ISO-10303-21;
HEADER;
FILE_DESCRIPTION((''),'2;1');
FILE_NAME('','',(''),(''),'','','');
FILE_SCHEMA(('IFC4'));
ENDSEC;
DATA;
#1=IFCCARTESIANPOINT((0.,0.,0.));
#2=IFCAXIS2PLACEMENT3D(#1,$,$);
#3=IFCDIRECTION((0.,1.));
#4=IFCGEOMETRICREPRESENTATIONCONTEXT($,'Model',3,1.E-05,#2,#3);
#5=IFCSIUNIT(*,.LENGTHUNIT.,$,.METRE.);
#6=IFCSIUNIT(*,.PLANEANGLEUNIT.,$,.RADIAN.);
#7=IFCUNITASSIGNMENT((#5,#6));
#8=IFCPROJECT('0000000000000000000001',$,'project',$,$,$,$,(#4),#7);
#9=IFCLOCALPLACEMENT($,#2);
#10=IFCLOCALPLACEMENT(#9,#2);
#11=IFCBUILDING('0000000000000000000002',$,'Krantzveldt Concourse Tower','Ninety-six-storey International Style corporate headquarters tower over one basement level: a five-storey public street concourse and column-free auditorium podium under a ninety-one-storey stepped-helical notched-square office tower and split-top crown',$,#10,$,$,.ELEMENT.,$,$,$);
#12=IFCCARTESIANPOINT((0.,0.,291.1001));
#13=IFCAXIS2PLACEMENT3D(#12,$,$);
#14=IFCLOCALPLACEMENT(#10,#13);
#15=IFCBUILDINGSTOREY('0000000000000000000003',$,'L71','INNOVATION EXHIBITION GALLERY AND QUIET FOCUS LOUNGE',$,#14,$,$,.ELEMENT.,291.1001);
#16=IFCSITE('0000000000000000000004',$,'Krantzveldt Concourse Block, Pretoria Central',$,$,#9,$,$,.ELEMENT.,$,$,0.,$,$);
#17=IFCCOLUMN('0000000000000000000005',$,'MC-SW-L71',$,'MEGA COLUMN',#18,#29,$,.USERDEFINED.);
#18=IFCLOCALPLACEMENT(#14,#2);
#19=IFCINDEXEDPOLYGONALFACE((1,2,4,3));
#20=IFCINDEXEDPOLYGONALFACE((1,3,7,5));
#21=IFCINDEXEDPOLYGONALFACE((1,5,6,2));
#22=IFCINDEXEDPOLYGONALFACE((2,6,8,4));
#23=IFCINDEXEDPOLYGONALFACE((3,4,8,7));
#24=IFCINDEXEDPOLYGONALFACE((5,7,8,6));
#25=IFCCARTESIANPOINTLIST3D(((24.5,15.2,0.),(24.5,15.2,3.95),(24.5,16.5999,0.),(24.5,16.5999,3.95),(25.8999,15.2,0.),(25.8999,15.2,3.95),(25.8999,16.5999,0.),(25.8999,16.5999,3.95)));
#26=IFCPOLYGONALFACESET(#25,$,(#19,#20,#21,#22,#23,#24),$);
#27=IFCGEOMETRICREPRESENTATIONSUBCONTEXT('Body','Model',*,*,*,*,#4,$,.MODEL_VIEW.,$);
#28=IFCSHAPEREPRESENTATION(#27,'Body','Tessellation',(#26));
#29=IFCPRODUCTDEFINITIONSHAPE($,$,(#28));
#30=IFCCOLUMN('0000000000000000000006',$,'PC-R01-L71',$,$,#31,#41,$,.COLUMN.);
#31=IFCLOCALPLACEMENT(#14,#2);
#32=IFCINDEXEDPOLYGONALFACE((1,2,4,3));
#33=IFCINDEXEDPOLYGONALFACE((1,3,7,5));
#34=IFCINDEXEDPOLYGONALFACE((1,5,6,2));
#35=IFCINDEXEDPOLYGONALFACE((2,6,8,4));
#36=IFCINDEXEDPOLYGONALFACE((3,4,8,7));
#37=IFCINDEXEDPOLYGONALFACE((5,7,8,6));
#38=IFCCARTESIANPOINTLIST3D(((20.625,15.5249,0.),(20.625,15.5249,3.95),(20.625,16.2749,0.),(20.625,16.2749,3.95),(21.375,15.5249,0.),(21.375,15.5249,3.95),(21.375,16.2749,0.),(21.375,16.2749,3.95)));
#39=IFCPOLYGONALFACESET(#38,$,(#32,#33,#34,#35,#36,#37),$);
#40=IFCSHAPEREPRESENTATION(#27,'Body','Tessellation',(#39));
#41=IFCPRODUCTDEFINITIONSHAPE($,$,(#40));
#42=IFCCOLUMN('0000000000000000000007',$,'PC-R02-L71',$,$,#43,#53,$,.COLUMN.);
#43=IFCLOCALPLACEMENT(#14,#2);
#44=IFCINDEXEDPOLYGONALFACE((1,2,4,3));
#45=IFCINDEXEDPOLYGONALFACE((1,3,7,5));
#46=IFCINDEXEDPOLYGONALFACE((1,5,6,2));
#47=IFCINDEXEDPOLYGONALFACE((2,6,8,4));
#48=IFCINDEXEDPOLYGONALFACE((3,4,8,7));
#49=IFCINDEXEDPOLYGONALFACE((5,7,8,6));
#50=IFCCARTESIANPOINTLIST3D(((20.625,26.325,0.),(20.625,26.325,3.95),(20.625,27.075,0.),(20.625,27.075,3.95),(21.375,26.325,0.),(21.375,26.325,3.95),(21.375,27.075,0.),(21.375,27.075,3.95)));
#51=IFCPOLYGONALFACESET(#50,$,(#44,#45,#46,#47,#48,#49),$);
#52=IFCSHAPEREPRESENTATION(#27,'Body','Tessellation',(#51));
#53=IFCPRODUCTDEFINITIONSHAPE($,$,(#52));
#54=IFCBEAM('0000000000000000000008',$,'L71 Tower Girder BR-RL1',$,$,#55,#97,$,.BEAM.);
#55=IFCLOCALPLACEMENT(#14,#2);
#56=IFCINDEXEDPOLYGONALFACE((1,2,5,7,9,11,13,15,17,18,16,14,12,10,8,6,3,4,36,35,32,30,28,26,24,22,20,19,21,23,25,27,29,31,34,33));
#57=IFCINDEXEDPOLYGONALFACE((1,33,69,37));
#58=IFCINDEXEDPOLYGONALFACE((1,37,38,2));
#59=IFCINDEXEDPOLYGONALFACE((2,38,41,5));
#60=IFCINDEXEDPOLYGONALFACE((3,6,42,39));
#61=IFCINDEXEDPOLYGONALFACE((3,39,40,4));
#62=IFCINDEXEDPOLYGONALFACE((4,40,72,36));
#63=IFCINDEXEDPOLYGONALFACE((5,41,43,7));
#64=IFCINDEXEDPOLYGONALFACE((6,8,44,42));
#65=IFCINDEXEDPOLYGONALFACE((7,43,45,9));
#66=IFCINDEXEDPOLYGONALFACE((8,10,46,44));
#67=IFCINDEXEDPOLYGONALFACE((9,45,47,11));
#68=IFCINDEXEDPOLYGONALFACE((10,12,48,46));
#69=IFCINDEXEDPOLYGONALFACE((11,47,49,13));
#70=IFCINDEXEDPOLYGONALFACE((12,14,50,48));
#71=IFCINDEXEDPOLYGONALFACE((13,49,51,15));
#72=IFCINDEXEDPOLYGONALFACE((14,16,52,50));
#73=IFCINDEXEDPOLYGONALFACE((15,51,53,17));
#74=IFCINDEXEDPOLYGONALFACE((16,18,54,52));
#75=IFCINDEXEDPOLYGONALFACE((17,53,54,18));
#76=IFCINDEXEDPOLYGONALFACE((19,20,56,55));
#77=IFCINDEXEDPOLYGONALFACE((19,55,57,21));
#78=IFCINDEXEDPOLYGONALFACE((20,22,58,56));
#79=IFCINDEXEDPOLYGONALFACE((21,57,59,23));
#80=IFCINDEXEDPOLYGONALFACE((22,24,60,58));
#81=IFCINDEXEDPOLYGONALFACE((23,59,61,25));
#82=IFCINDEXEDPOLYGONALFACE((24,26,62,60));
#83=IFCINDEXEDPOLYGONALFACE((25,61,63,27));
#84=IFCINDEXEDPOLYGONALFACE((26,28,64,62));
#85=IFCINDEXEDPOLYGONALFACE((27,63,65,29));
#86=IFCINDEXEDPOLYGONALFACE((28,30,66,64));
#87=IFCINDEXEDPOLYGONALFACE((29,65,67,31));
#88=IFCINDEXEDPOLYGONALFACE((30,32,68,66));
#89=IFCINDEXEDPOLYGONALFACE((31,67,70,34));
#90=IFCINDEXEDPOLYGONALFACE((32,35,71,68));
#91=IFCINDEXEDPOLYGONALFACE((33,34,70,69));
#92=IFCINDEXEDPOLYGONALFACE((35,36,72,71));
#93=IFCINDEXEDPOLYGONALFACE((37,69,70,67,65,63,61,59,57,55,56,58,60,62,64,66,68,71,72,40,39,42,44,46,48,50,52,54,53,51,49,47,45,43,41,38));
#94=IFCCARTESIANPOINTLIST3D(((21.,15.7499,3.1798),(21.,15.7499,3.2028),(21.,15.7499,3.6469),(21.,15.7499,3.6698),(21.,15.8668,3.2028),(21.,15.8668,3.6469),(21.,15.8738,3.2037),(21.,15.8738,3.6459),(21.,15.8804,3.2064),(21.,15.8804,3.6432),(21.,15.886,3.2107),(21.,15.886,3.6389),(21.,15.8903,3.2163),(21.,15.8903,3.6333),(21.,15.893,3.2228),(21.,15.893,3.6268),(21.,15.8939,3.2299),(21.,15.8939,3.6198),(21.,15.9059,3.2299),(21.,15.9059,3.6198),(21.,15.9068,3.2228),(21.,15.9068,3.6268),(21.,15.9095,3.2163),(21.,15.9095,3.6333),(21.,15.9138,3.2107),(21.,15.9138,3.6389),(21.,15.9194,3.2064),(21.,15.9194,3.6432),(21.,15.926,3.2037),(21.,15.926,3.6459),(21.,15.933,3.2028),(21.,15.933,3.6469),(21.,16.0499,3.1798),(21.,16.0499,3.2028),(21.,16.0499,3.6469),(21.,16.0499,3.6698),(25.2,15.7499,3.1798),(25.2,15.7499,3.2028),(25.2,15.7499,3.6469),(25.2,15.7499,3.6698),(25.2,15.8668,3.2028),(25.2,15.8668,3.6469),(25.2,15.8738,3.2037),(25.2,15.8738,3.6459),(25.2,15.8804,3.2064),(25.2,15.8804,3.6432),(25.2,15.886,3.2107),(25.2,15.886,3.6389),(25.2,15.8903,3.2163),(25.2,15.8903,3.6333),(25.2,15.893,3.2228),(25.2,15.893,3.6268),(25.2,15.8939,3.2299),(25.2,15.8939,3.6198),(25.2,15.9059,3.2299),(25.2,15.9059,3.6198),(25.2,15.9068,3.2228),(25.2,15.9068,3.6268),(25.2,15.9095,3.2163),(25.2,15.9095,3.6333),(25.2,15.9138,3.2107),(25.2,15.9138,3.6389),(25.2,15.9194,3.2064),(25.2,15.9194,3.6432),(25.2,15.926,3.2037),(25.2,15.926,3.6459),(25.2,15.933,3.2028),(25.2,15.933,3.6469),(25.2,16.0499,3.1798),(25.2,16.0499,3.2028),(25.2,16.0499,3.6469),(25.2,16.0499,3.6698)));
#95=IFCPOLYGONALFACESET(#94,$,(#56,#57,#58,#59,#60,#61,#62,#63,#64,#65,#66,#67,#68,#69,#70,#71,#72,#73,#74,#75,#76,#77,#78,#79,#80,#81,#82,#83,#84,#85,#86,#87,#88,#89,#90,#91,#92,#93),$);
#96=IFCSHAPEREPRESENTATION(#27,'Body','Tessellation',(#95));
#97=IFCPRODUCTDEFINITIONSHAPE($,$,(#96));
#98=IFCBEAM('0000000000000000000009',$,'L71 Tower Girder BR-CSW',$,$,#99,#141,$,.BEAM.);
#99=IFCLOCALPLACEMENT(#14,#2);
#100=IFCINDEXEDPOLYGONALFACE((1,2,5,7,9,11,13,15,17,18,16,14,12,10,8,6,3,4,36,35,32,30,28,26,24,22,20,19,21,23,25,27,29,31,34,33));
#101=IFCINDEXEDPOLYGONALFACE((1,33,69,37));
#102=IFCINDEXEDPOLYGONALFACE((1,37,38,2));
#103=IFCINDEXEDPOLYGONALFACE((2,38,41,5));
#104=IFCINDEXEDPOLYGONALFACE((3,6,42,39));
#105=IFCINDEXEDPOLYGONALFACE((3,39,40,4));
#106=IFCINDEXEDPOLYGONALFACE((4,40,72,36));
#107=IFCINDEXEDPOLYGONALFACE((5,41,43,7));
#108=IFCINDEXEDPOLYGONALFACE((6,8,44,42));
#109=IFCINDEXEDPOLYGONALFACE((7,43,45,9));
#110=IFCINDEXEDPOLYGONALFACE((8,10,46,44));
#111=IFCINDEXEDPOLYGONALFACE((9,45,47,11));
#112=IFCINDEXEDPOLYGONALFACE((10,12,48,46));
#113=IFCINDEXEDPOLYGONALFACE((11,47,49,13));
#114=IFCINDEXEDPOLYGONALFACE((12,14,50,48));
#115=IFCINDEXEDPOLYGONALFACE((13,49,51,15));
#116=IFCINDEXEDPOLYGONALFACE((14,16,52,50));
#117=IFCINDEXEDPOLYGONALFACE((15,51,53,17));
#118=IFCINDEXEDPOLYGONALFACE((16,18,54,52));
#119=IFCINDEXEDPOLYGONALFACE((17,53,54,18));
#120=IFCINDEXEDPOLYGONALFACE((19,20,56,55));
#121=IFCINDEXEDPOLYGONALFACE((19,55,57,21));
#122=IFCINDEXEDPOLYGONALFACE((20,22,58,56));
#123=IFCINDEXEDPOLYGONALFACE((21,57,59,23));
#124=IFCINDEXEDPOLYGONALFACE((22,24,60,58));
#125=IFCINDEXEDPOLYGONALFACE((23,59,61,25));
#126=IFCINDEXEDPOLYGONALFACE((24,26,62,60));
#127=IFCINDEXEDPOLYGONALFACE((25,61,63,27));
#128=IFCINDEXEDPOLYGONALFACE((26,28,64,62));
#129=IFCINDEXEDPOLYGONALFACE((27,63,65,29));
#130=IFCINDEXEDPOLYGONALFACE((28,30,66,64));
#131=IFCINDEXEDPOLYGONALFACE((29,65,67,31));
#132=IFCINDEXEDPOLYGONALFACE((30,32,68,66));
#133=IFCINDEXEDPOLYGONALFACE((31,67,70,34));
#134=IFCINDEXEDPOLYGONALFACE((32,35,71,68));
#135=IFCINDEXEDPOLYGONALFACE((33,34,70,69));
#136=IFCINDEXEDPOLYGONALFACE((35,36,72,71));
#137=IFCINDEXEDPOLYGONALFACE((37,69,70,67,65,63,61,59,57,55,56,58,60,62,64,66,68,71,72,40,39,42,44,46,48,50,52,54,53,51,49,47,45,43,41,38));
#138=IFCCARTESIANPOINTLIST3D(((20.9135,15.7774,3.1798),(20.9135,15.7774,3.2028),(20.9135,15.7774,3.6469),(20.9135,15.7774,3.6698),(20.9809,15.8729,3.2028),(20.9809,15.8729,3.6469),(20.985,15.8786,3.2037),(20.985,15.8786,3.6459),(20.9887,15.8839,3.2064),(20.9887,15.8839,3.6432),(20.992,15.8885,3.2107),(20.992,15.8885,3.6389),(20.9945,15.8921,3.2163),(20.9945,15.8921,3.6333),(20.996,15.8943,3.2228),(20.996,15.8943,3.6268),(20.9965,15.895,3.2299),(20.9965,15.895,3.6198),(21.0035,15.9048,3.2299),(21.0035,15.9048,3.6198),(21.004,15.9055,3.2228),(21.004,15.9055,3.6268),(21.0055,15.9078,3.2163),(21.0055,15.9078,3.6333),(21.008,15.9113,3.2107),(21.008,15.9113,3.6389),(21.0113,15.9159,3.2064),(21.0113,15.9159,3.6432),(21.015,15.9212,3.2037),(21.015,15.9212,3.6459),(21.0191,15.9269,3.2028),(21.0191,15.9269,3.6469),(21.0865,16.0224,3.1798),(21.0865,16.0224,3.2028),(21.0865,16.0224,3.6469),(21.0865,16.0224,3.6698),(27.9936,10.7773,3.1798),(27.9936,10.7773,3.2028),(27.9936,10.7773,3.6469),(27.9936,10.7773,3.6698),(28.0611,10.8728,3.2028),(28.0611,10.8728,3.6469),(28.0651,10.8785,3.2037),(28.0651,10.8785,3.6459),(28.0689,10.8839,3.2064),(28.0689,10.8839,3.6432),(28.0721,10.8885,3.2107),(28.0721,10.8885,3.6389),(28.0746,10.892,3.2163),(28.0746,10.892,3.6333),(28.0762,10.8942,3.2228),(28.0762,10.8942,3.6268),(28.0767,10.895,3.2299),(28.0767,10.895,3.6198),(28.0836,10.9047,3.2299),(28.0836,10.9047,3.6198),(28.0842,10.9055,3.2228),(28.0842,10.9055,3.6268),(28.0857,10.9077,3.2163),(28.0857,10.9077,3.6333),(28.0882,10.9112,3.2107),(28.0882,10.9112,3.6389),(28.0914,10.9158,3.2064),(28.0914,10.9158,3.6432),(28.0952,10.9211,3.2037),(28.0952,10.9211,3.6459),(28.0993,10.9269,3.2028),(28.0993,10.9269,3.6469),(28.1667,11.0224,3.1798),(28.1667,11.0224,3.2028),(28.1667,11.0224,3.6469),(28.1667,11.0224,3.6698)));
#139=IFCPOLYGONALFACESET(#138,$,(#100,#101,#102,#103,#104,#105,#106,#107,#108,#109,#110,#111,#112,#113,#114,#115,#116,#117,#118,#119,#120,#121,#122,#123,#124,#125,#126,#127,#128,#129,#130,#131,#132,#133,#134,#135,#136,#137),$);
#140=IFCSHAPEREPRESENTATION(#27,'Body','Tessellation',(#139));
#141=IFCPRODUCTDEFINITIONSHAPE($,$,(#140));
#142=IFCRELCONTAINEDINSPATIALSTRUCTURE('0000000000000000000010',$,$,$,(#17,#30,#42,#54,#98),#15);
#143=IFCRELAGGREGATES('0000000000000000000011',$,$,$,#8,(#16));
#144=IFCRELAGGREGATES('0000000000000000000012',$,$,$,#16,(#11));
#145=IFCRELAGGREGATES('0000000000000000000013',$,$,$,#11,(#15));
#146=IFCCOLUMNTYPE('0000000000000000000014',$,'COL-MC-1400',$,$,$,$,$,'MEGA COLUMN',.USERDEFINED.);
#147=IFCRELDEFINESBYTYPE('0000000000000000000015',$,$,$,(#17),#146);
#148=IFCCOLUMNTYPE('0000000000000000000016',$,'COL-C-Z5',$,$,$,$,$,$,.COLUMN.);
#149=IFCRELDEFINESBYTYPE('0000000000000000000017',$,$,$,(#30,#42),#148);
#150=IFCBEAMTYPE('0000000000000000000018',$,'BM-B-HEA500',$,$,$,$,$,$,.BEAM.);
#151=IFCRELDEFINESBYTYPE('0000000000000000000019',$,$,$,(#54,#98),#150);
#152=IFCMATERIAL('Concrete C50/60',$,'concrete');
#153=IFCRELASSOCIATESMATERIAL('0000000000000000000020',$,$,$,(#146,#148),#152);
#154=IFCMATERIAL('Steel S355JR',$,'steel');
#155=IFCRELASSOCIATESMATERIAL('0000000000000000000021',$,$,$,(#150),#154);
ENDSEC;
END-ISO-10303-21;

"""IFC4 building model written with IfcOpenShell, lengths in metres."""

from ifc_helpers import new_model, si_unit, direction, frame, origin, origin_2d, place, context, subcontext, project, spatial, rectangle, i_section, extrude, source, transform, mapped, material, material_profile, profile_set, type_object, type_shapes, element, save


model = new_model("IFC4")

# Units and contexts
model_context = context("Model", 3, precision=1e-05, world=origin(), true_north=direction((0.0, 1.0)))
body_context = subcontext(model_context, "Body", "Model", "MODEL_VIEW")
ifc_project = project(units=[si_unit("LENGTHUNIT", "METRE"), si_unit("PLANEANGLEUNIT", "RADIAN")], contexts=[model_context])

# Site, building, storey
site_placement = place(None, origin())
site = spatial("IfcSite", under=ifc_project, at=site_placement, Name="Krantzveldt Concourse Block, Pretoria Central", CompositionType="ELEMENT", RefElevation=0.0)
building_placement = place(site_placement, origin())
building = spatial("IfcBuilding", under=site, at=building_placement, Name="Krantzveldt Concourse Tower", Description="Ninety-six-storey International Style corporate headquarters tower over one basement level: a five-storey public street concourse and column-free auditorium podium under a ninety-one-storey stepped-helical notched-square office tower and split-top crown", CompositionType="ELEMENT")
storey_placement = place(building_placement, frame((0.0, 0.0, 291.1001)))
storey = spatial("IfcBuildingStorey", under=building, at=storey_placement, Name="L71", Description="INNOVATION EXHIBITION GALLERY AND QUIET FOCUS LOUNGE", CompositionType="ELEMENT", Elevation=291.1001)

# Columns
ifc_material_1 = material(Name="Concrete C50/60", Category="concrete")
ifc_material_profile_1 = material_profile(ifc_material_1, rectangle(XDim=1.3999, YDim=1.3999, at=origin_2d()), Name="Concrete C50/60", Category="concrete")
ifc_profile_set_1 = profile_set([ifc_material_profile_1], Name="Concrete C50/60 - RC 1400x1400")
column_type_1 = type_object("IfcColumnType", Name="COL-MC-1400", ElementType="MEGA COLUMN", PredefinedType="USERDEFINED", material=ifc_profile_set_1)
shared_shape_1 = source(origin(), body_context, "Body", "SweptSolid", [
    extrude(rectangle(XDim=1.3999, YDim=1.3999, at=origin_2d()), origin(), (0.0, 0.0, 1.0), 3.95),
])
type_shapes(column_type_1, [shared_shape_1])
column_placement = place(storey_placement, frame((25.2, 15.8999, 0.0), z_axis=(0.0, 0.0, 1.0), x_axis=(1.0, 0.0, 0.0)))
element("IfcColumn", 1, at=column_placement, inside=storey, type_object=column_type_1, Name="MC-SW-L71", ObjectType="MEGA COLUMN", PredefinedType="USERDEFINED", context=body_context, shape_type="MappedRepresentation", body=[
    mapped(shared_shape_1, transform((0.0, 0.0, 0.0), x_axis=(1.0, 0.0, 0.0), y_axis=(0.0, 1.0, 0.0), z_axis=(0.0, 0.0, 1.0), scale=1.0)),
])
ifc_material_profile_2 = material_profile(ifc_material_1, rectangle(XDim=0.75, YDim=0.75, at=origin_2d()), Name="Concrete C50/60", Category="concrete")
ifc_profile_set_2 = profile_set([ifc_material_profile_2], Name="Concrete C50/60 - RC 750x750")
column_type_2 = type_object("IfcColumnType", Name="COL-C-Z5", PredefinedType="COLUMN", material=ifc_profile_set_2)
shared_shape_2 = source(origin(), body_context, "Body", "SweptSolid", [
    extrude(rectangle(XDim=0.75, YDim=0.75, at=origin_2d()), origin(), (0.0, 0.0, 1.0), 3.95),
])
type_shapes(column_type_2, [shared_shape_2])
for number, where, z_axis, x_axis, name in (
    (2, (21.0, 15.8999, 0.0), (0.0, 0.0, 1.0), (1.0, 0.0, 0.0), "PC-R01-L71"),
    (3, (21.0, 26.7, 0.0), (0.0, 0.0, 1.0), (1.0, 0.0, 0.0), "PC-R02-L71"),
):
    element("IfcColumn", number, at=place(storey_placement, frame(where, z_axis=z_axis, x_axis=x_axis)), inside=storey, type_object=column_type_2, Name=name, PredefinedType="COLUMN", context=body_context, shape_type="MappedRepresentation", body=[
        mapped(shared_shape_2, transform((0.0, 0.0, 0.0), x_axis=(1.0, 0.0, 0.0), y_axis=(0.0, 1.0, 0.0), z_axis=(0.0, 0.0, 1.0), scale=1.0)),
    ])

# Beams
ifc_material_2 = material(Name="Steel S355JR", Category="steel")
ifc_material_profile_3 = material_profile(ifc_material_2, i_section(OverallWidth=0.3, OverallDepth=0.49, WebThickness=0.012, FlangeThickness=0.0229, FilletRadius=0.0271, at=origin_2d()), Name="Steel S355JR", Category="steel")
ifc_profile_set_3 = profile_set([ifc_material_profile_3], Name="Steel S355JR - HEA 500")
beam_type_1 = type_object("IfcBeamType", Name="BM-B-HEA500", PredefinedType="BEAM", material=ifc_profile_set_3)
shared_shape_3 = source(origin(), body_context, "Body", "SweptSolid", [
    extrude(i_section(OverallWidth=0.3, OverallDepth=0.49, WebThickness=0.012, FlangeThickness=0.0229, FilletRadius=0.0271, at=origin_2d()), origin(), (0.0, 0.0, 1.0), 4.2),
])
beam_1_placement = place(storey_placement, frame((21.0, 15.8999, 3.4248), z_axis=(1.0, 0.0, 0.0), x_axis=(0.0, 1.0, 0.0)))
element("IfcBeam", 4, at=beam_1_placement, inside=storey, type_object=beam_type_1, Name="L71 Tower Girder BR-RL1", PredefinedType="BEAM", context=body_context, shape_type="MappedRepresentation", body=[
    mapped(shared_shape_3, transform((0.0, 0.0, 0.0), x_axis=(1.0, 0.0, 0.0), y_axis=(0.0, 1.0, 0.0), z_axis=(0.0, 0.0, 1.0), scale=1.0)),
])
shared_shape_4 = source(origin(), body_context, "Body", "SweptSolid", [
    extrude(i_section(OverallWidth=0.3, OverallDepth=0.49, WebThickness=0.012, FlangeThickness=0.0229, FilletRadius=0.0271, at=origin_2d()), origin(), (0.0, 0.0, 1.0), 8.6677),
])
type_shapes(beam_type_1, [shared_shape_3, shared_shape_4])
beam_2_placement = place(storey_placement, frame((21.0, 15.8999, 3.4248), z_axis=(0.816843, -0.57686, 0.0), x_axis=(0.57686, 0.816843, 0.0)))
element("IfcBeam", 5, at=beam_2_placement, inside=storey, type_object=beam_type_1, Name="L71 Tower Girder BR-CSW", PredefinedType="BEAM", context=body_context, shape_type="MappedRepresentation", body=[
    mapped(shared_shape_4, transform((0.0, 0.0, 0.0), x_axis=(1.0, 0.0, 0.0), y_axis=(0.0, 1.0, 0.0), z_axis=(0.0, 0.0, 1.0), scale=1.0)),
])

save(model, "model.ifc")
